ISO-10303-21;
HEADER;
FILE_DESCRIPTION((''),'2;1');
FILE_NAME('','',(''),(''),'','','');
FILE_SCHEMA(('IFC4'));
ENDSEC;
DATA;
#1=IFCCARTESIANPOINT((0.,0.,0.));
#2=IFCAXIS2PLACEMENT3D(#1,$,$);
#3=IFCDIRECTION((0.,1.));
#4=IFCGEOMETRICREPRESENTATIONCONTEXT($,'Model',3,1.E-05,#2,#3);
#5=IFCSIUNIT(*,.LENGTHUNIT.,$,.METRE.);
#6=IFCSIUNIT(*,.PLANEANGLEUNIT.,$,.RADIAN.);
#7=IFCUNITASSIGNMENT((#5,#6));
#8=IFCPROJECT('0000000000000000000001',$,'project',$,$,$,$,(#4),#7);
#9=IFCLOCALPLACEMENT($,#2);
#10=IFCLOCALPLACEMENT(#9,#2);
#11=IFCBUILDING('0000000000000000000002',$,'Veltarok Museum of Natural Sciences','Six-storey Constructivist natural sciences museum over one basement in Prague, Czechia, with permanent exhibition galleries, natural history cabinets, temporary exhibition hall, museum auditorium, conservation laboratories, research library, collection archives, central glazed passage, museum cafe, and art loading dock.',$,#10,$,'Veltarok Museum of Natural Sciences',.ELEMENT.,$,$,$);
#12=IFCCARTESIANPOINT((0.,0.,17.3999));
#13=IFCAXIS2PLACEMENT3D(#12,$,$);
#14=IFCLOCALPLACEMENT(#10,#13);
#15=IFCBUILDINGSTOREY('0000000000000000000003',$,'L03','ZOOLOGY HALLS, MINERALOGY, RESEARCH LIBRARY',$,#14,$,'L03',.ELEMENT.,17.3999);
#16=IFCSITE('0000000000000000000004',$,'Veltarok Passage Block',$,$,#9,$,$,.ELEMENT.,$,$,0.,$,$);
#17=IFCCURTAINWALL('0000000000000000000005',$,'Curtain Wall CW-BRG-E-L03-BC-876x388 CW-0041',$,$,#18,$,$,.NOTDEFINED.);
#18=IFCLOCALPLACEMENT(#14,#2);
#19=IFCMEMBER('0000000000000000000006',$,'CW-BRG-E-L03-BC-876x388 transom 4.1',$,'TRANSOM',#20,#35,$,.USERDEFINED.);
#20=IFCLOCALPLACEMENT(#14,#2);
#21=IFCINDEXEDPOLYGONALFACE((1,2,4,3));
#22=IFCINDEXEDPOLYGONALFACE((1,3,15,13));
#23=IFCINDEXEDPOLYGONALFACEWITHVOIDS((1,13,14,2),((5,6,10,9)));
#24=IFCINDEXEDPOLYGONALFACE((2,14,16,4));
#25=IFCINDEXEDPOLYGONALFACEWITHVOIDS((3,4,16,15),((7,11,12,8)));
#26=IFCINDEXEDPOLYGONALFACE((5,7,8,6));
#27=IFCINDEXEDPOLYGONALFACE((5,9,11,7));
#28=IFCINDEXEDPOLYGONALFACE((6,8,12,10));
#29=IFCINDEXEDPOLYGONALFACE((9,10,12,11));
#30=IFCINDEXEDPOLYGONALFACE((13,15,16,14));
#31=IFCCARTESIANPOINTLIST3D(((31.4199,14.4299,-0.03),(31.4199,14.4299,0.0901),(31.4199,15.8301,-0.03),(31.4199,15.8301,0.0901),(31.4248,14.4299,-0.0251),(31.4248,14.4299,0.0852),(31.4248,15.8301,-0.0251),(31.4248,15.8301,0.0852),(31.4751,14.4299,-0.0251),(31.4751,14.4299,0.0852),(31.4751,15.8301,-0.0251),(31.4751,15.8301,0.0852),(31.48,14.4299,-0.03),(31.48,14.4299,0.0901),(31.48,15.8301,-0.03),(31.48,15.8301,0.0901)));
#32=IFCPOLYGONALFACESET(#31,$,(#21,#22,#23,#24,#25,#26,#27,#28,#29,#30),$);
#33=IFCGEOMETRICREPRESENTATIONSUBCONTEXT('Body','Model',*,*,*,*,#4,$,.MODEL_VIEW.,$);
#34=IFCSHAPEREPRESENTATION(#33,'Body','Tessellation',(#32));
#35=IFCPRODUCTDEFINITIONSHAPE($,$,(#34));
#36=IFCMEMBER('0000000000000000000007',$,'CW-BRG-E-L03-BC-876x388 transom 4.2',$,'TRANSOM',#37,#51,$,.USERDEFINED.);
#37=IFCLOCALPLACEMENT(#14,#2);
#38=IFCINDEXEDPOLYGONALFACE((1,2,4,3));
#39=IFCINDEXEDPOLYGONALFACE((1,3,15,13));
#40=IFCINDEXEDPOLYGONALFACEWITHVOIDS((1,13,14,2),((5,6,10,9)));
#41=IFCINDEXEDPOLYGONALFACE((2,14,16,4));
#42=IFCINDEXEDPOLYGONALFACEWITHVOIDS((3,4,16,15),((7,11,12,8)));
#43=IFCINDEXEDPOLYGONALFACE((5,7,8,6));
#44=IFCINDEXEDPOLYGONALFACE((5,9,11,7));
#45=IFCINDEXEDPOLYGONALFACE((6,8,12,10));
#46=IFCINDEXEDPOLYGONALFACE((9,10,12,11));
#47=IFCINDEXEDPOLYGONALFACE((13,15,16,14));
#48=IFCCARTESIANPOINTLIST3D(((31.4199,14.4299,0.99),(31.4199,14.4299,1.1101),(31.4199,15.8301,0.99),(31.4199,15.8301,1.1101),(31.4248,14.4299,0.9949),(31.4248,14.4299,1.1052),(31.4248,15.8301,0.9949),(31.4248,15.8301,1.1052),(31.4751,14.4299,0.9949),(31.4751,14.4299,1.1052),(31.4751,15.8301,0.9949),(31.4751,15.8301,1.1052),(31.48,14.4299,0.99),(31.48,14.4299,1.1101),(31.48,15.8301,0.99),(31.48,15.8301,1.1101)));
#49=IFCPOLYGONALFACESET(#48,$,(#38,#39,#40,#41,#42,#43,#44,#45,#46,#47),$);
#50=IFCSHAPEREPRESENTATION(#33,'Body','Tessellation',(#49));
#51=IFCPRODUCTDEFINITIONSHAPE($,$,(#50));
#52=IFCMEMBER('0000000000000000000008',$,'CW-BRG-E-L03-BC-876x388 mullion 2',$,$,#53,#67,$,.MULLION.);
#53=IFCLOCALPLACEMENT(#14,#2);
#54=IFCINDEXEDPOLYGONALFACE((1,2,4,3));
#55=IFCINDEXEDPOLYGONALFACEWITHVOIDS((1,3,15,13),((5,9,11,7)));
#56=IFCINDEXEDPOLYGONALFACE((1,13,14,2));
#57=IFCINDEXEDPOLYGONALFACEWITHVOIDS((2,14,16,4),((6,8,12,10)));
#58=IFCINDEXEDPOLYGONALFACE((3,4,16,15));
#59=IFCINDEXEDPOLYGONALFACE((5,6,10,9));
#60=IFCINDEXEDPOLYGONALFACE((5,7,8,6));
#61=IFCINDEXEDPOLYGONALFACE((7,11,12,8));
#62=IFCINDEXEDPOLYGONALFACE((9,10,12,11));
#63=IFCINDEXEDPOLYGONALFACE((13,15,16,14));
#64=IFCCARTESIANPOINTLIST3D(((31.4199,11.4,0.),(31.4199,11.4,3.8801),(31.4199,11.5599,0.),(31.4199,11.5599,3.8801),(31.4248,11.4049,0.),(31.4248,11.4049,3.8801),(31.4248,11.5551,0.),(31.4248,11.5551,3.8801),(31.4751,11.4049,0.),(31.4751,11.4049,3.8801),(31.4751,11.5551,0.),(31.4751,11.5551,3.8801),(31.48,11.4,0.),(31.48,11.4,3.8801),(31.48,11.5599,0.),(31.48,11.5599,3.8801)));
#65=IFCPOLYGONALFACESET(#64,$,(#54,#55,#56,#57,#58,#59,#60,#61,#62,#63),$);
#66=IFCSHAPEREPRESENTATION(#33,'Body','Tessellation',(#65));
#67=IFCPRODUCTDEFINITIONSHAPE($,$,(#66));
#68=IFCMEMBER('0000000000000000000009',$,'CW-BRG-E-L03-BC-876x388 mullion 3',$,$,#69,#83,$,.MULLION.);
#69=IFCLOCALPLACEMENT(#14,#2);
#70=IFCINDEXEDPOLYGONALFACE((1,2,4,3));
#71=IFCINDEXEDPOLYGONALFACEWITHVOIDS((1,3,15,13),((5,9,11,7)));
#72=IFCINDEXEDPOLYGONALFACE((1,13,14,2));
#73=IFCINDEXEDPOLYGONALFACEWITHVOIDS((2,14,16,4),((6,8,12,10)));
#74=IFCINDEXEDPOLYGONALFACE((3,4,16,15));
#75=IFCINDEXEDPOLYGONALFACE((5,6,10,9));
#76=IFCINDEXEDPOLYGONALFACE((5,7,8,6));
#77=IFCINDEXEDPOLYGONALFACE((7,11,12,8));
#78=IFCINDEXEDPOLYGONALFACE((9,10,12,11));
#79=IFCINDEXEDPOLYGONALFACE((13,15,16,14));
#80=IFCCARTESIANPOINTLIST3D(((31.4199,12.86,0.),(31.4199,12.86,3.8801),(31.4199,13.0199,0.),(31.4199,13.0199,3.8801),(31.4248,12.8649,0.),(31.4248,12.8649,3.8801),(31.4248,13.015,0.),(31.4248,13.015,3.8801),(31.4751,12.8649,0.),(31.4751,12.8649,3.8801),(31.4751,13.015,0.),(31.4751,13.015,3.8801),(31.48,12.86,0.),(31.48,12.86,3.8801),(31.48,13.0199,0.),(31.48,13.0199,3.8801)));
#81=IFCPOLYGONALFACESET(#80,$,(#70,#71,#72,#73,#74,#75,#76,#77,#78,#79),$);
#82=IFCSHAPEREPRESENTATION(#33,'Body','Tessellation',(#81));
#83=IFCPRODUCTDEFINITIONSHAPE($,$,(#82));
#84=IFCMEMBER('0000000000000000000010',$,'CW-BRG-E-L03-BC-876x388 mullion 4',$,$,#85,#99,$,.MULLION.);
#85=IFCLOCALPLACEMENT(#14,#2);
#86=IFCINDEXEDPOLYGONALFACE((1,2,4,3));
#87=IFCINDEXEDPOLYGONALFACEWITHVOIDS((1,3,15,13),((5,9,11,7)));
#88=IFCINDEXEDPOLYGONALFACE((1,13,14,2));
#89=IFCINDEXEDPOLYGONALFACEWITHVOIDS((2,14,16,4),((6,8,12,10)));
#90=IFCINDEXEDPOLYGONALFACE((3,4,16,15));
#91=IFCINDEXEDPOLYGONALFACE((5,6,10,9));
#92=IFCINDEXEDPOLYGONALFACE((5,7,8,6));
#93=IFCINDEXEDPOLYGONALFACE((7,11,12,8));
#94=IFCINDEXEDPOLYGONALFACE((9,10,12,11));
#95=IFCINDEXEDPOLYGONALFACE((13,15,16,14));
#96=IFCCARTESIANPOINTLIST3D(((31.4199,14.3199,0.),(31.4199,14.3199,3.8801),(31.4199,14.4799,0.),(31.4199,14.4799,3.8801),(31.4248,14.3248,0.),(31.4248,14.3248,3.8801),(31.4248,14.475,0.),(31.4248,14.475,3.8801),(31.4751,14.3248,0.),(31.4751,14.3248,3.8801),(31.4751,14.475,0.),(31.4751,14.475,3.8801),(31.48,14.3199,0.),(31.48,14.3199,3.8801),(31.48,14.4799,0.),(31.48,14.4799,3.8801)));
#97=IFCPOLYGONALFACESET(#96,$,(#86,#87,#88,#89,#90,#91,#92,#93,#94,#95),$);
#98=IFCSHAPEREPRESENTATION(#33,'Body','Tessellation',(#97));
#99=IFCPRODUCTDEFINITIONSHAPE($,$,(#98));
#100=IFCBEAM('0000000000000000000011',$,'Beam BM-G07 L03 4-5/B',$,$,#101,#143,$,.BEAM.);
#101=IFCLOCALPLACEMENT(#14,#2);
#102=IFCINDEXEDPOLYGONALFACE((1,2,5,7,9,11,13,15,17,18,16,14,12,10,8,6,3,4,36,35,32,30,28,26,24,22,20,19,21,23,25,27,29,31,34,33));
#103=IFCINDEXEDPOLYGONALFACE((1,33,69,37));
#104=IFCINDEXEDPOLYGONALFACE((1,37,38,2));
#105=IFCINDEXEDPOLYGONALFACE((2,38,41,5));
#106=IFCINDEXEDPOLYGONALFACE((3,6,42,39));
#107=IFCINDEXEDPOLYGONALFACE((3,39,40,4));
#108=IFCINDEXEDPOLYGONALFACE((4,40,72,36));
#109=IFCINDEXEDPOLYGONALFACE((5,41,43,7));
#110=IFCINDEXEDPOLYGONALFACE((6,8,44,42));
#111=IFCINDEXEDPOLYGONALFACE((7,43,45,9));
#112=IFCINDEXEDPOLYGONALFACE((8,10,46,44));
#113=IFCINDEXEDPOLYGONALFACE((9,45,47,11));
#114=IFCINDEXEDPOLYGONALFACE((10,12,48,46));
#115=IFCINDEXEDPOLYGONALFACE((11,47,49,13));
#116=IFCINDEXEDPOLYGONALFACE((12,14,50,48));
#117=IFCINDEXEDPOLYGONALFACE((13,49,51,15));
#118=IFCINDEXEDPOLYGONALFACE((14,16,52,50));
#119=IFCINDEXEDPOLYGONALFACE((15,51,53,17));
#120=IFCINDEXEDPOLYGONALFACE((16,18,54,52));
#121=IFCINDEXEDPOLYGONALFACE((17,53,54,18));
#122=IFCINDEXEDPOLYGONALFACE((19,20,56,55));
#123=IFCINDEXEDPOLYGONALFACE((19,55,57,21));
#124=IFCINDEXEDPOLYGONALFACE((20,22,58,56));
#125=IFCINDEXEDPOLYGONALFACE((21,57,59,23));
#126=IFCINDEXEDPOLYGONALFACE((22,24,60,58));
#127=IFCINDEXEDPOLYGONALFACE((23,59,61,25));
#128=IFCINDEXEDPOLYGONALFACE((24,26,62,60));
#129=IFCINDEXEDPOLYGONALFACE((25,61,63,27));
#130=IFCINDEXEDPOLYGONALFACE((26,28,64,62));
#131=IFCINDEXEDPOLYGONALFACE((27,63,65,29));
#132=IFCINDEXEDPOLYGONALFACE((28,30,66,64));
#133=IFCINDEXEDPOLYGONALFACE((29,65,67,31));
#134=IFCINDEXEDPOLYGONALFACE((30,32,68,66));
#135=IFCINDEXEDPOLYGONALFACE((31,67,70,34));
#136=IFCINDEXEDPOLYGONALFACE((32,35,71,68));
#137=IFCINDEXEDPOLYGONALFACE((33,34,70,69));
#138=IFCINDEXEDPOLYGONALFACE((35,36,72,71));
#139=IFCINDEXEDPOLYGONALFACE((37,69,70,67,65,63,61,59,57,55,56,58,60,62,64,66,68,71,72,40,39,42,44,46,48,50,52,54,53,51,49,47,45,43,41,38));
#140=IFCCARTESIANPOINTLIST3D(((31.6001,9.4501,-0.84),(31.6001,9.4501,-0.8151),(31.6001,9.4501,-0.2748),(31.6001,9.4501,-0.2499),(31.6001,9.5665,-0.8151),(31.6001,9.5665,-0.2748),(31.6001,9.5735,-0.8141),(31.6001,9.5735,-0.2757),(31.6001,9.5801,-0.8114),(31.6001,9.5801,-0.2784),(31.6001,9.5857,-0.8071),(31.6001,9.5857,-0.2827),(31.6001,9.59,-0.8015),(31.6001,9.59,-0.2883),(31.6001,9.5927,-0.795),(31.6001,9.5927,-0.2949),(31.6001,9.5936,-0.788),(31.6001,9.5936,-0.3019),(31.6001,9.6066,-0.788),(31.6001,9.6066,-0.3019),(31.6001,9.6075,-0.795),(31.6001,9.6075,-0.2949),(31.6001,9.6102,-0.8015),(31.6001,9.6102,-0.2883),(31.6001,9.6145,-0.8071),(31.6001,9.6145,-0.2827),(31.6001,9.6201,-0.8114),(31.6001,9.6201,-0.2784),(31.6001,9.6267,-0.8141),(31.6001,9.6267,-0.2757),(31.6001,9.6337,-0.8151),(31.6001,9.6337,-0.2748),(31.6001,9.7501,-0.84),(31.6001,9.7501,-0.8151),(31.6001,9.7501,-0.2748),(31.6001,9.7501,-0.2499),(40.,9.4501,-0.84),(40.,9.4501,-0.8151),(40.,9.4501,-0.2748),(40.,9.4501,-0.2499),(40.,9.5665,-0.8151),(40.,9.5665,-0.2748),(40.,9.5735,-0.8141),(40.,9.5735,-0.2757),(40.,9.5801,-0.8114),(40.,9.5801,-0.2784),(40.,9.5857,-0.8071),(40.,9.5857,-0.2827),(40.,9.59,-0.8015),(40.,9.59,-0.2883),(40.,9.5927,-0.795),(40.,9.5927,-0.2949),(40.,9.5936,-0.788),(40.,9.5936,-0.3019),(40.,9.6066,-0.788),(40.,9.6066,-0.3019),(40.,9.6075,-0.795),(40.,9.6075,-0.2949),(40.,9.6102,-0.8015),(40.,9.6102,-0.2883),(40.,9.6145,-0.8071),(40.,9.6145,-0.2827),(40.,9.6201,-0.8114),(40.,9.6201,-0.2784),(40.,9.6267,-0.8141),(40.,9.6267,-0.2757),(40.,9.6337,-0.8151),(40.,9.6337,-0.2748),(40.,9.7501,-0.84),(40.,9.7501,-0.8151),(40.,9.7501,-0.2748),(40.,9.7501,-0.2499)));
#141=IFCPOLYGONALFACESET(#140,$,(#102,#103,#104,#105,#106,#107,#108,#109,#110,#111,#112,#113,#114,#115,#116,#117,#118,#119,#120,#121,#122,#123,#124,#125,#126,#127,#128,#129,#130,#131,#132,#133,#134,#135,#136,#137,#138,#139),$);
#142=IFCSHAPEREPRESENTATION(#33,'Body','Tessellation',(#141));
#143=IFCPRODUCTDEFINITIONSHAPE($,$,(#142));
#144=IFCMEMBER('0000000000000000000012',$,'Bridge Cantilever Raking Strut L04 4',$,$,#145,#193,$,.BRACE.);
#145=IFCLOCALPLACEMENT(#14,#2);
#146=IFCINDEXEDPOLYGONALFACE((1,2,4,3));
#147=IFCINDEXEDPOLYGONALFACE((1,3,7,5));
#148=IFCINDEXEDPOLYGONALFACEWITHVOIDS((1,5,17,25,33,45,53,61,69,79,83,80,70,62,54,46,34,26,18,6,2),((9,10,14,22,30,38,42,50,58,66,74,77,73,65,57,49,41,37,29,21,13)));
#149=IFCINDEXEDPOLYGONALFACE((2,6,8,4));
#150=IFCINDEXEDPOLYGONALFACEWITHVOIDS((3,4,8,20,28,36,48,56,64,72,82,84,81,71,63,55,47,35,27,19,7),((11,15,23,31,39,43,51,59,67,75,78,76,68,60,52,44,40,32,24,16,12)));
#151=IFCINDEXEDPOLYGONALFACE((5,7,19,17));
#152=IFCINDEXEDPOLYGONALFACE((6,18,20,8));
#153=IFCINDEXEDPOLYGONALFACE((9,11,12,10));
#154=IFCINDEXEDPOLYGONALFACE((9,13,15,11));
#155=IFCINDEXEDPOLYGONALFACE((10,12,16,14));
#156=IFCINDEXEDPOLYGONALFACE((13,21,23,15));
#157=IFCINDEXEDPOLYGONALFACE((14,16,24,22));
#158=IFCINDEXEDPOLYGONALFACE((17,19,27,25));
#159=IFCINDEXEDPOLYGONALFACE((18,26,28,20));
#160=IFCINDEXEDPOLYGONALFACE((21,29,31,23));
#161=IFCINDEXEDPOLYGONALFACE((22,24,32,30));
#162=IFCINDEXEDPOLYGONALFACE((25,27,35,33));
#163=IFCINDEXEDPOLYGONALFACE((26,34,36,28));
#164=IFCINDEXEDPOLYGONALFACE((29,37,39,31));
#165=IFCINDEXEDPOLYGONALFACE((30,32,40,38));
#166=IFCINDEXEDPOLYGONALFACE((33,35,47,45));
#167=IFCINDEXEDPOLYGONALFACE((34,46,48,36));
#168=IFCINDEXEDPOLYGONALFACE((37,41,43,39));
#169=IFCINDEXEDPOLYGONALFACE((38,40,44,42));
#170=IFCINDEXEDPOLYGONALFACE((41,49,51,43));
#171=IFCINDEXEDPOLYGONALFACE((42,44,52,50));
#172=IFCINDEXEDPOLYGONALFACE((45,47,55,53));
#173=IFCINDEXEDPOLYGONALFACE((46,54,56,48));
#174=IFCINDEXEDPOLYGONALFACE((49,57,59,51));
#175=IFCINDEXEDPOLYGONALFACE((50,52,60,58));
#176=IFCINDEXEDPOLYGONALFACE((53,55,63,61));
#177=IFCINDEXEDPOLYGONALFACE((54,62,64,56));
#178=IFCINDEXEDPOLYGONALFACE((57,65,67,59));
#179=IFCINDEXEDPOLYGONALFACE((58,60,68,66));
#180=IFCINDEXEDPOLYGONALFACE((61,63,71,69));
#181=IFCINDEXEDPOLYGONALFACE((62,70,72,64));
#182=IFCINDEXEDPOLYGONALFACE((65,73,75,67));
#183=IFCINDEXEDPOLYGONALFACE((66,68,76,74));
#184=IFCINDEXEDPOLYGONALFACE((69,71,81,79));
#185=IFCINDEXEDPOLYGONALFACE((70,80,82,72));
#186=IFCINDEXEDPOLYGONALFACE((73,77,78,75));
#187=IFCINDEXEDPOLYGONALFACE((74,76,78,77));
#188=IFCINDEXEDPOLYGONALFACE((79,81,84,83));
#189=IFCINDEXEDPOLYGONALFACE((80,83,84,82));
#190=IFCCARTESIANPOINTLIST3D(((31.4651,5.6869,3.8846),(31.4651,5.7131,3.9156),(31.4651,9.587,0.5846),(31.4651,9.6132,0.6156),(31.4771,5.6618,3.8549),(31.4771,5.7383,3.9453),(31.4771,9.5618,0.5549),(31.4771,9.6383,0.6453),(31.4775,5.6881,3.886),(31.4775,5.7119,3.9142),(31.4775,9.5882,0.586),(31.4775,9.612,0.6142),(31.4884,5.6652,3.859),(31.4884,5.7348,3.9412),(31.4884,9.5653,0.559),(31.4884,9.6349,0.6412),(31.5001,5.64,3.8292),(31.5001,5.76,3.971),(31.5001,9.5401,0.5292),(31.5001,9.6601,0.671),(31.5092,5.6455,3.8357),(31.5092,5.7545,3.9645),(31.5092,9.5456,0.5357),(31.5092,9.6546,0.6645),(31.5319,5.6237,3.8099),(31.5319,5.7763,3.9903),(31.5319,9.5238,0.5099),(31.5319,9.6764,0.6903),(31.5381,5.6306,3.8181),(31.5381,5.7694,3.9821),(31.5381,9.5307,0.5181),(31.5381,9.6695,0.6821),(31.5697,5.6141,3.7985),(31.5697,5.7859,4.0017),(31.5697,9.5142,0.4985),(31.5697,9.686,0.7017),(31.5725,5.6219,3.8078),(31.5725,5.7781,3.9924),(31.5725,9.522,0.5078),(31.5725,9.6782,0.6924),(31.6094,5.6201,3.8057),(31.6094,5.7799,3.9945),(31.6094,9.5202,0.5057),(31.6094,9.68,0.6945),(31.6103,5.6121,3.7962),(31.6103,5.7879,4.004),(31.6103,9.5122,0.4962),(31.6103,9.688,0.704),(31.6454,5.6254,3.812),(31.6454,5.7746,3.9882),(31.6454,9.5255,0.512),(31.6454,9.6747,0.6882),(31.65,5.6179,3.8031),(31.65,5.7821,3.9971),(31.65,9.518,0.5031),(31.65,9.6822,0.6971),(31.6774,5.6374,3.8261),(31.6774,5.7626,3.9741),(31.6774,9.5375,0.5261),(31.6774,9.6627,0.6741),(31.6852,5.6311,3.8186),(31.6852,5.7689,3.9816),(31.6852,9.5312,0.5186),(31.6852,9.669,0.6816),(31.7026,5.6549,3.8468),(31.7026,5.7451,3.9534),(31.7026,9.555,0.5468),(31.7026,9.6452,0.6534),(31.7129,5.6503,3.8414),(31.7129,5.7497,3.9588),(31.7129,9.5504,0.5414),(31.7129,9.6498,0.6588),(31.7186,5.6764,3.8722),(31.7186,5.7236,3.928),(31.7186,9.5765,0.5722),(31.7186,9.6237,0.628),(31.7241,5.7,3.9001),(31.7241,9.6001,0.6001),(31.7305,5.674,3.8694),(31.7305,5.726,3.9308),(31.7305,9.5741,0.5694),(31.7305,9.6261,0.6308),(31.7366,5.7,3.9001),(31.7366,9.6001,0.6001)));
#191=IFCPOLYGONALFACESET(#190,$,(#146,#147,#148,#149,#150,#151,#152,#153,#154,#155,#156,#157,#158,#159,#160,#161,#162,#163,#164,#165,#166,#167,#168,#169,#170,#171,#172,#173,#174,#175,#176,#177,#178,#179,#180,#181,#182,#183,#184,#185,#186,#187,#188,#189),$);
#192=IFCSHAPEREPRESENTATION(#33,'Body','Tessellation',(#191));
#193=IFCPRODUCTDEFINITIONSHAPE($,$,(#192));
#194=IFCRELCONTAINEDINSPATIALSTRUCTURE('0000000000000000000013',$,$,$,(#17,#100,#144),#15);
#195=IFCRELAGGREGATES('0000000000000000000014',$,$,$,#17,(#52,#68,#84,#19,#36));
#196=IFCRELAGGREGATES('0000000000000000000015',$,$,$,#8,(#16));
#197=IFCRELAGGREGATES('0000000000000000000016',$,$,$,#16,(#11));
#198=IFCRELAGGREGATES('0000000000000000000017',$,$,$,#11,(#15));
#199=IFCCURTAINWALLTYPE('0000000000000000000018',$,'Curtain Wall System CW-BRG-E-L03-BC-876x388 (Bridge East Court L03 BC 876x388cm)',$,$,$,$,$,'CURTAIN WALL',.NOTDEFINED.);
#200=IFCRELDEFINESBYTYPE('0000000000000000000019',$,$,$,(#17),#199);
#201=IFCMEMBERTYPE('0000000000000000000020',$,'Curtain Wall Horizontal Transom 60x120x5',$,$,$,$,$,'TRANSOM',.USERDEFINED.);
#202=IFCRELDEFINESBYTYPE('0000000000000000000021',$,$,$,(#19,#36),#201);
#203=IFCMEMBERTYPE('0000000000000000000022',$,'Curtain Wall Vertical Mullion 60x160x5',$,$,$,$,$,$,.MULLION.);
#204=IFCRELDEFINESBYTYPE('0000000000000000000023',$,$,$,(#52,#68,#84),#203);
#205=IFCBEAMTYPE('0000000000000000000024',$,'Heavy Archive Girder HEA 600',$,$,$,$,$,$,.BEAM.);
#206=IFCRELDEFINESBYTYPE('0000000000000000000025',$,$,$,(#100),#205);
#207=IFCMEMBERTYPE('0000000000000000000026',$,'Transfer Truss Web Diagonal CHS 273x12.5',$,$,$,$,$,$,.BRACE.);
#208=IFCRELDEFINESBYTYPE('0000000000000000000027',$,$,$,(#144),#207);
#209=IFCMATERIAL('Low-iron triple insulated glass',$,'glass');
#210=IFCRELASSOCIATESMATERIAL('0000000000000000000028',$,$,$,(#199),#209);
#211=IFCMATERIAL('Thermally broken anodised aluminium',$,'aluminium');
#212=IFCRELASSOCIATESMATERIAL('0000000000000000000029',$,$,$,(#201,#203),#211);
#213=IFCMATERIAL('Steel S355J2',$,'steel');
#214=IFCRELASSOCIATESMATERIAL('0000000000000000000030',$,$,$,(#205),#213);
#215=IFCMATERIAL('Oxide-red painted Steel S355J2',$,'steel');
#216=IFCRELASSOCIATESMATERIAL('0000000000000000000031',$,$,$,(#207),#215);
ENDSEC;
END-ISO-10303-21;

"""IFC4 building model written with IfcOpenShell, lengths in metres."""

from ifc_helpers import new_model, si_unit, direction, frame, origin, origin_2d, place, context, subcontext, project, spatial, hollow_rectangle, hollow_circle, i_section, extrude, material, material_profile, profile_set, type_object, element, aggregate, save


model = new_model("IFC4")

# Units and contexts
model_context = context("Model", 3, precision=1e-05, world=origin(), true_north=direction((0.0, 1.0)))
body_context = subcontext(model_context, "Body", "Model", "MODEL_VIEW")
ifc_project = project(units=[si_unit("LENGTHUNIT", "METRE"), si_unit("PLANEANGLEUNIT", "RADIAN")], contexts=[model_context])

# Site, building, storey
site_placement = place(None, origin())
site = spatial("IfcSite", under=ifc_project, at=site_placement, Name="Veltarok Passage Block", CompositionType="ELEMENT", RefElevation=0.0)
building_placement = place(site_placement, origin())
building = spatial("IfcBuilding", under=site, at=building_placement, Name="Veltarok Museum of Natural Sciences", Description="Six-storey Constructivist natural sciences museum over one basement in Prague, Czechia, with permanent exhibition galleries, natural history cabinets, temporary exhibition hall, museum auditorium, conservation laboratories, research library, collection archives, central glazed passage, museum cafe, and art loading dock.", LongName="Veltarok Museum of Natural Sciences", CompositionType="ELEMENT")
storey_placement = place(building_placement, frame((0.0, 0.0, 17.3999)))
storey = spatial("IfcBuildingStorey", under=building, at=storey_placement, Name="L03", Description="ZOOLOGY HALLS, MINERALOGY, RESEARCH LIBRARY", LongName="L03", CompositionType="ELEMENT", Elevation=17.3999)

# Shared definitions
ifc_material_1 = material(Name="Steel S355J2", Category="steel")

# Curtain wall, members
ifc_material_2 = material(Name="Low-iron triple insulated glass", Category="glass")
curtain_wall_type = type_object("IfcCurtainWallType", Name="Curtain Wall System CW-BRG-E-L03-BC-876x388 (Bridge East Court L03 BC 876x388cm)", ElementType="CURTAIN WALL", PredefinedType="NOTDEFINED", material=ifc_material_2)
curtain_wall_placement = place(storey_placement, origin())
curtain_wall = element("IfcCurtainWall", 1, at=curtain_wall_placement, inside=storey, type_object=curtain_wall_type, Name="Curtain Wall CW-BRG-E-L03-BC-876x388 CW-0041", PredefinedType="NOTDEFINED")
ifc_material_3 = material(Name="Thermally broken anodised aluminium", Category="aluminium")
ifc_material_profile_1 = material_profile(ifc_material_3, hollow_rectangle(XDim=0.0601, YDim=0.1201, WallThickness=0.0049, at=origin_2d()), Name="CW TRANSOM 60x120x5")
ifc_profile_set_1 = profile_set([ifc_material_profile_1], Name="Thermally broken anodised aluminium")
member_type_1 = type_object("IfcMemberType", Name="Curtain Wall Horizontal Transom 60x120x5", ElementType="TRANSOM", PredefinedType="USERDEFINED", material=ifc_profile_set_1)
member_1_placement = place(storey_placement, frame((31.45, 14.4299, 0.03), z_axis=(0.0, 1.0, 0.0), x_axis=(-1.0, 0.0, 0.0)))
member_1 = element("IfcMember", 2, at=member_1_placement, type_object=member_type_1, Name="CW-BRG-E-L03-BC-876x388 transom 4.1", ObjectType="TRANSOM", PredefinedType="USERDEFINED", context=body_context, shape_type="SweptSolid", body=[
    extrude(hollow_rectangle(XDim=0.0601, YDim=0.1201, WallThickness=0.0049, at=origin_2d()), origin(), (0.0, 0.0, 1.0), 1.4001),
])
member_2_placement = place(storey_placement, frame((31.45, 14.4299, 1.05), z_axis=(0.0, 1.0, 0.0), x_axis=(-1.0, 0.0, 0.0)))
member_2 = element("IfcMember", 3, at=member_2_placement, type_object=member_type_1, Name="CW-BRG-E-L03-BC-876x388 transom 4.2", ObjectType="TRANSOM", PredefinedType="USERDEFINED", context=body_context, shape_type="SweptSolid", body=[
    extrude(hollow_rectangle(XDim=0.0601, YDim=0.1201, WallThickness=0.0049, at=origin_2d()), origin(), (0.0, 0.0, 1.0), 1.4001),
])
ifc_material_profile_2 = material_profile(ifc_material_3, hollow_rectangle(XDim=0.0601, YDim=0.1599, WallThickness=0.0049, at=origin_2d()), Name="CW MULLION 60x160x5")
ifc_profile_set_2 = profile_set([ifc_material_profile_2], Name="Thermally broken anodised aluminium")
member_type_2 = type_object("IfcMemberType", Name="Curtain Wall Vertical Mullion 60x160x5", PredefinedType="MULLION", material=ifc_profile_set_2)
member_3_placement = place(storey_placement, frame((31.45, 11.48, 0.0), z_axis=(0.0, 0.0, 1.0), x_axis=(-1.0, 0.0, 0.0)))
member_3 = element("IfcMember", 4, at=member_3_placement, type_object=member_type_2, Name="CW-BRG-E-L03-BC-876x388 mullion 2", PredefinedType="MULLION", context=body_context, shape_type="SweptSolid", body=[
    extrude(hollow_rectangle(XDim=0.0601, YDim=0.1599, WallThickness=0.0049, at=origin_2d()), origin(), (0.0, 0.0, 1.0), 3.8801),
])
member_4_placement = place(storey_placement, frame((31.45, 12.9399, 0.0), z_axis=(0.0, 0.0, 1.0), x_axis=(-1.0, 0.0, 0.0)))
member_4 = element("IfcMember", 5, at=member_4_placement, type_object=member_type_2, Name="CW-BRG-E-L03-BC-876x388 mullion 3", PredefinedType="MULLION", context=body_context, shape_type="SweptSolid", body=[
    extrude(hollow_rectangle(XDim=0.0601, YDim=0.1599, WallThickness=0.0049, at=origin_2d()), origin(), (0.0, 0.0, 1.0), 3.8801),
])
member_5_placement = place(storey_placement, frame((31.45, 14.3999, 0.0), z_axis=(0.0, 0.0, 1.0), x_axis=(-1.0, 0.0, 0.0)))
member_5 = element("IfcMember", 6, at=member_5_placement, type_object=member_type_2, Name="CW-BRG-E-L03-BC-876x388 mullion 4", PredefinedType="MULLION", context=body_context, shape_type="SweptSolid", body=[
    extrude(hollow_rectangle(XDim=0.0601, YDim=0.1599, WallThickness=0.0049, at=origin_2d()), origin(), (0.0, 0.0, 1.0), 3.8801),
])

# Beam
ifc_material_profile_3 = material_profile(ifc_material_1, i_section(OverallWidth=0.3, OverallDepth=0.5901, WebThickness=0.0129, FlangeThickness=0.0249, FilletRadius=0.0271, at=origin_2d()), Name="HEA 600")
ifc_profile_set_3 = profile_set([ifc_material_profile_3], Name="Steel S355J2")
beam_type = type_object("IfcBeamType", Name="Heavy Archive Girder HEA 600", PredefinedType="BEAM", material=ifc_profile_set_3)
beam_placement = place(storey_placement, frame((31.6001, 9.6001, -0.5449), z_axis=(1.0, 0.0, 0.0), x_axis=(0.0, 1.0, 0.0)))
element("IfcBeam", 7, at=beam_placement, inside=storey, type_object=beam_type, Name="Beam BM-G07 L03 4-5/B", PredefinedType="BEAM", context=body_context, shape_type="SweptSolid", body=[
    extrude(i_section(OverallWidth=0.3, OverallDepth=0.5901, WebThickness=0.0129, FlangeThickness=0.0249, FilletRadius=0.0271, at=origin_2d()), origin(), (0.0, 0.0, 1.0), 8.3999),
])

# Member
ifc_material_4 = material(Name="Oxide-red painted Steel S355J2", Category="steel")
ifc_material_profile_4 = material_profile(ifc_material_4, hollow_circle(Radius=0.1365, WallThickness=0.0125, at=origin_2d()), Name="CHS 273x12.5")
ifc_profile_set_4 = profile_set([ifc_material_profile_4], Name="Oxide-red painted Steel S355J2")
member_type_3 = type_object("IfcMemberType", Name="Transfer Truss Web Diagonal CHS 273x12.5", PredefinedType="BRACE", material=ifc_profile_set_4)
member_6_placement = place(storey_placement, frame((31.6001, 9.6001, 0.6001), z_axis=(0.0, -0.763394, 0.645934), x_axis=(1.0, 0.0, 0.0)))
element("IfcMember", 8, at=member_6_placement, inside=storey, type_object=member_type_3, Name="Bridge Cantilever Raking Strut L04 4", PredefinedType="BRACE", context=body_context, shape_type="SweptSolid", body=[
    extrude(hollow_circle(Radius=0.1365, WallThickness=0.0125, at=origin_2d()), origin(), (0.0, 0.0, 1.0), 5.1089),
])

aggregate(curtain_wall, [member_3, member_4, member_5, member_1, member_2])

save(model, "model.ifc")
